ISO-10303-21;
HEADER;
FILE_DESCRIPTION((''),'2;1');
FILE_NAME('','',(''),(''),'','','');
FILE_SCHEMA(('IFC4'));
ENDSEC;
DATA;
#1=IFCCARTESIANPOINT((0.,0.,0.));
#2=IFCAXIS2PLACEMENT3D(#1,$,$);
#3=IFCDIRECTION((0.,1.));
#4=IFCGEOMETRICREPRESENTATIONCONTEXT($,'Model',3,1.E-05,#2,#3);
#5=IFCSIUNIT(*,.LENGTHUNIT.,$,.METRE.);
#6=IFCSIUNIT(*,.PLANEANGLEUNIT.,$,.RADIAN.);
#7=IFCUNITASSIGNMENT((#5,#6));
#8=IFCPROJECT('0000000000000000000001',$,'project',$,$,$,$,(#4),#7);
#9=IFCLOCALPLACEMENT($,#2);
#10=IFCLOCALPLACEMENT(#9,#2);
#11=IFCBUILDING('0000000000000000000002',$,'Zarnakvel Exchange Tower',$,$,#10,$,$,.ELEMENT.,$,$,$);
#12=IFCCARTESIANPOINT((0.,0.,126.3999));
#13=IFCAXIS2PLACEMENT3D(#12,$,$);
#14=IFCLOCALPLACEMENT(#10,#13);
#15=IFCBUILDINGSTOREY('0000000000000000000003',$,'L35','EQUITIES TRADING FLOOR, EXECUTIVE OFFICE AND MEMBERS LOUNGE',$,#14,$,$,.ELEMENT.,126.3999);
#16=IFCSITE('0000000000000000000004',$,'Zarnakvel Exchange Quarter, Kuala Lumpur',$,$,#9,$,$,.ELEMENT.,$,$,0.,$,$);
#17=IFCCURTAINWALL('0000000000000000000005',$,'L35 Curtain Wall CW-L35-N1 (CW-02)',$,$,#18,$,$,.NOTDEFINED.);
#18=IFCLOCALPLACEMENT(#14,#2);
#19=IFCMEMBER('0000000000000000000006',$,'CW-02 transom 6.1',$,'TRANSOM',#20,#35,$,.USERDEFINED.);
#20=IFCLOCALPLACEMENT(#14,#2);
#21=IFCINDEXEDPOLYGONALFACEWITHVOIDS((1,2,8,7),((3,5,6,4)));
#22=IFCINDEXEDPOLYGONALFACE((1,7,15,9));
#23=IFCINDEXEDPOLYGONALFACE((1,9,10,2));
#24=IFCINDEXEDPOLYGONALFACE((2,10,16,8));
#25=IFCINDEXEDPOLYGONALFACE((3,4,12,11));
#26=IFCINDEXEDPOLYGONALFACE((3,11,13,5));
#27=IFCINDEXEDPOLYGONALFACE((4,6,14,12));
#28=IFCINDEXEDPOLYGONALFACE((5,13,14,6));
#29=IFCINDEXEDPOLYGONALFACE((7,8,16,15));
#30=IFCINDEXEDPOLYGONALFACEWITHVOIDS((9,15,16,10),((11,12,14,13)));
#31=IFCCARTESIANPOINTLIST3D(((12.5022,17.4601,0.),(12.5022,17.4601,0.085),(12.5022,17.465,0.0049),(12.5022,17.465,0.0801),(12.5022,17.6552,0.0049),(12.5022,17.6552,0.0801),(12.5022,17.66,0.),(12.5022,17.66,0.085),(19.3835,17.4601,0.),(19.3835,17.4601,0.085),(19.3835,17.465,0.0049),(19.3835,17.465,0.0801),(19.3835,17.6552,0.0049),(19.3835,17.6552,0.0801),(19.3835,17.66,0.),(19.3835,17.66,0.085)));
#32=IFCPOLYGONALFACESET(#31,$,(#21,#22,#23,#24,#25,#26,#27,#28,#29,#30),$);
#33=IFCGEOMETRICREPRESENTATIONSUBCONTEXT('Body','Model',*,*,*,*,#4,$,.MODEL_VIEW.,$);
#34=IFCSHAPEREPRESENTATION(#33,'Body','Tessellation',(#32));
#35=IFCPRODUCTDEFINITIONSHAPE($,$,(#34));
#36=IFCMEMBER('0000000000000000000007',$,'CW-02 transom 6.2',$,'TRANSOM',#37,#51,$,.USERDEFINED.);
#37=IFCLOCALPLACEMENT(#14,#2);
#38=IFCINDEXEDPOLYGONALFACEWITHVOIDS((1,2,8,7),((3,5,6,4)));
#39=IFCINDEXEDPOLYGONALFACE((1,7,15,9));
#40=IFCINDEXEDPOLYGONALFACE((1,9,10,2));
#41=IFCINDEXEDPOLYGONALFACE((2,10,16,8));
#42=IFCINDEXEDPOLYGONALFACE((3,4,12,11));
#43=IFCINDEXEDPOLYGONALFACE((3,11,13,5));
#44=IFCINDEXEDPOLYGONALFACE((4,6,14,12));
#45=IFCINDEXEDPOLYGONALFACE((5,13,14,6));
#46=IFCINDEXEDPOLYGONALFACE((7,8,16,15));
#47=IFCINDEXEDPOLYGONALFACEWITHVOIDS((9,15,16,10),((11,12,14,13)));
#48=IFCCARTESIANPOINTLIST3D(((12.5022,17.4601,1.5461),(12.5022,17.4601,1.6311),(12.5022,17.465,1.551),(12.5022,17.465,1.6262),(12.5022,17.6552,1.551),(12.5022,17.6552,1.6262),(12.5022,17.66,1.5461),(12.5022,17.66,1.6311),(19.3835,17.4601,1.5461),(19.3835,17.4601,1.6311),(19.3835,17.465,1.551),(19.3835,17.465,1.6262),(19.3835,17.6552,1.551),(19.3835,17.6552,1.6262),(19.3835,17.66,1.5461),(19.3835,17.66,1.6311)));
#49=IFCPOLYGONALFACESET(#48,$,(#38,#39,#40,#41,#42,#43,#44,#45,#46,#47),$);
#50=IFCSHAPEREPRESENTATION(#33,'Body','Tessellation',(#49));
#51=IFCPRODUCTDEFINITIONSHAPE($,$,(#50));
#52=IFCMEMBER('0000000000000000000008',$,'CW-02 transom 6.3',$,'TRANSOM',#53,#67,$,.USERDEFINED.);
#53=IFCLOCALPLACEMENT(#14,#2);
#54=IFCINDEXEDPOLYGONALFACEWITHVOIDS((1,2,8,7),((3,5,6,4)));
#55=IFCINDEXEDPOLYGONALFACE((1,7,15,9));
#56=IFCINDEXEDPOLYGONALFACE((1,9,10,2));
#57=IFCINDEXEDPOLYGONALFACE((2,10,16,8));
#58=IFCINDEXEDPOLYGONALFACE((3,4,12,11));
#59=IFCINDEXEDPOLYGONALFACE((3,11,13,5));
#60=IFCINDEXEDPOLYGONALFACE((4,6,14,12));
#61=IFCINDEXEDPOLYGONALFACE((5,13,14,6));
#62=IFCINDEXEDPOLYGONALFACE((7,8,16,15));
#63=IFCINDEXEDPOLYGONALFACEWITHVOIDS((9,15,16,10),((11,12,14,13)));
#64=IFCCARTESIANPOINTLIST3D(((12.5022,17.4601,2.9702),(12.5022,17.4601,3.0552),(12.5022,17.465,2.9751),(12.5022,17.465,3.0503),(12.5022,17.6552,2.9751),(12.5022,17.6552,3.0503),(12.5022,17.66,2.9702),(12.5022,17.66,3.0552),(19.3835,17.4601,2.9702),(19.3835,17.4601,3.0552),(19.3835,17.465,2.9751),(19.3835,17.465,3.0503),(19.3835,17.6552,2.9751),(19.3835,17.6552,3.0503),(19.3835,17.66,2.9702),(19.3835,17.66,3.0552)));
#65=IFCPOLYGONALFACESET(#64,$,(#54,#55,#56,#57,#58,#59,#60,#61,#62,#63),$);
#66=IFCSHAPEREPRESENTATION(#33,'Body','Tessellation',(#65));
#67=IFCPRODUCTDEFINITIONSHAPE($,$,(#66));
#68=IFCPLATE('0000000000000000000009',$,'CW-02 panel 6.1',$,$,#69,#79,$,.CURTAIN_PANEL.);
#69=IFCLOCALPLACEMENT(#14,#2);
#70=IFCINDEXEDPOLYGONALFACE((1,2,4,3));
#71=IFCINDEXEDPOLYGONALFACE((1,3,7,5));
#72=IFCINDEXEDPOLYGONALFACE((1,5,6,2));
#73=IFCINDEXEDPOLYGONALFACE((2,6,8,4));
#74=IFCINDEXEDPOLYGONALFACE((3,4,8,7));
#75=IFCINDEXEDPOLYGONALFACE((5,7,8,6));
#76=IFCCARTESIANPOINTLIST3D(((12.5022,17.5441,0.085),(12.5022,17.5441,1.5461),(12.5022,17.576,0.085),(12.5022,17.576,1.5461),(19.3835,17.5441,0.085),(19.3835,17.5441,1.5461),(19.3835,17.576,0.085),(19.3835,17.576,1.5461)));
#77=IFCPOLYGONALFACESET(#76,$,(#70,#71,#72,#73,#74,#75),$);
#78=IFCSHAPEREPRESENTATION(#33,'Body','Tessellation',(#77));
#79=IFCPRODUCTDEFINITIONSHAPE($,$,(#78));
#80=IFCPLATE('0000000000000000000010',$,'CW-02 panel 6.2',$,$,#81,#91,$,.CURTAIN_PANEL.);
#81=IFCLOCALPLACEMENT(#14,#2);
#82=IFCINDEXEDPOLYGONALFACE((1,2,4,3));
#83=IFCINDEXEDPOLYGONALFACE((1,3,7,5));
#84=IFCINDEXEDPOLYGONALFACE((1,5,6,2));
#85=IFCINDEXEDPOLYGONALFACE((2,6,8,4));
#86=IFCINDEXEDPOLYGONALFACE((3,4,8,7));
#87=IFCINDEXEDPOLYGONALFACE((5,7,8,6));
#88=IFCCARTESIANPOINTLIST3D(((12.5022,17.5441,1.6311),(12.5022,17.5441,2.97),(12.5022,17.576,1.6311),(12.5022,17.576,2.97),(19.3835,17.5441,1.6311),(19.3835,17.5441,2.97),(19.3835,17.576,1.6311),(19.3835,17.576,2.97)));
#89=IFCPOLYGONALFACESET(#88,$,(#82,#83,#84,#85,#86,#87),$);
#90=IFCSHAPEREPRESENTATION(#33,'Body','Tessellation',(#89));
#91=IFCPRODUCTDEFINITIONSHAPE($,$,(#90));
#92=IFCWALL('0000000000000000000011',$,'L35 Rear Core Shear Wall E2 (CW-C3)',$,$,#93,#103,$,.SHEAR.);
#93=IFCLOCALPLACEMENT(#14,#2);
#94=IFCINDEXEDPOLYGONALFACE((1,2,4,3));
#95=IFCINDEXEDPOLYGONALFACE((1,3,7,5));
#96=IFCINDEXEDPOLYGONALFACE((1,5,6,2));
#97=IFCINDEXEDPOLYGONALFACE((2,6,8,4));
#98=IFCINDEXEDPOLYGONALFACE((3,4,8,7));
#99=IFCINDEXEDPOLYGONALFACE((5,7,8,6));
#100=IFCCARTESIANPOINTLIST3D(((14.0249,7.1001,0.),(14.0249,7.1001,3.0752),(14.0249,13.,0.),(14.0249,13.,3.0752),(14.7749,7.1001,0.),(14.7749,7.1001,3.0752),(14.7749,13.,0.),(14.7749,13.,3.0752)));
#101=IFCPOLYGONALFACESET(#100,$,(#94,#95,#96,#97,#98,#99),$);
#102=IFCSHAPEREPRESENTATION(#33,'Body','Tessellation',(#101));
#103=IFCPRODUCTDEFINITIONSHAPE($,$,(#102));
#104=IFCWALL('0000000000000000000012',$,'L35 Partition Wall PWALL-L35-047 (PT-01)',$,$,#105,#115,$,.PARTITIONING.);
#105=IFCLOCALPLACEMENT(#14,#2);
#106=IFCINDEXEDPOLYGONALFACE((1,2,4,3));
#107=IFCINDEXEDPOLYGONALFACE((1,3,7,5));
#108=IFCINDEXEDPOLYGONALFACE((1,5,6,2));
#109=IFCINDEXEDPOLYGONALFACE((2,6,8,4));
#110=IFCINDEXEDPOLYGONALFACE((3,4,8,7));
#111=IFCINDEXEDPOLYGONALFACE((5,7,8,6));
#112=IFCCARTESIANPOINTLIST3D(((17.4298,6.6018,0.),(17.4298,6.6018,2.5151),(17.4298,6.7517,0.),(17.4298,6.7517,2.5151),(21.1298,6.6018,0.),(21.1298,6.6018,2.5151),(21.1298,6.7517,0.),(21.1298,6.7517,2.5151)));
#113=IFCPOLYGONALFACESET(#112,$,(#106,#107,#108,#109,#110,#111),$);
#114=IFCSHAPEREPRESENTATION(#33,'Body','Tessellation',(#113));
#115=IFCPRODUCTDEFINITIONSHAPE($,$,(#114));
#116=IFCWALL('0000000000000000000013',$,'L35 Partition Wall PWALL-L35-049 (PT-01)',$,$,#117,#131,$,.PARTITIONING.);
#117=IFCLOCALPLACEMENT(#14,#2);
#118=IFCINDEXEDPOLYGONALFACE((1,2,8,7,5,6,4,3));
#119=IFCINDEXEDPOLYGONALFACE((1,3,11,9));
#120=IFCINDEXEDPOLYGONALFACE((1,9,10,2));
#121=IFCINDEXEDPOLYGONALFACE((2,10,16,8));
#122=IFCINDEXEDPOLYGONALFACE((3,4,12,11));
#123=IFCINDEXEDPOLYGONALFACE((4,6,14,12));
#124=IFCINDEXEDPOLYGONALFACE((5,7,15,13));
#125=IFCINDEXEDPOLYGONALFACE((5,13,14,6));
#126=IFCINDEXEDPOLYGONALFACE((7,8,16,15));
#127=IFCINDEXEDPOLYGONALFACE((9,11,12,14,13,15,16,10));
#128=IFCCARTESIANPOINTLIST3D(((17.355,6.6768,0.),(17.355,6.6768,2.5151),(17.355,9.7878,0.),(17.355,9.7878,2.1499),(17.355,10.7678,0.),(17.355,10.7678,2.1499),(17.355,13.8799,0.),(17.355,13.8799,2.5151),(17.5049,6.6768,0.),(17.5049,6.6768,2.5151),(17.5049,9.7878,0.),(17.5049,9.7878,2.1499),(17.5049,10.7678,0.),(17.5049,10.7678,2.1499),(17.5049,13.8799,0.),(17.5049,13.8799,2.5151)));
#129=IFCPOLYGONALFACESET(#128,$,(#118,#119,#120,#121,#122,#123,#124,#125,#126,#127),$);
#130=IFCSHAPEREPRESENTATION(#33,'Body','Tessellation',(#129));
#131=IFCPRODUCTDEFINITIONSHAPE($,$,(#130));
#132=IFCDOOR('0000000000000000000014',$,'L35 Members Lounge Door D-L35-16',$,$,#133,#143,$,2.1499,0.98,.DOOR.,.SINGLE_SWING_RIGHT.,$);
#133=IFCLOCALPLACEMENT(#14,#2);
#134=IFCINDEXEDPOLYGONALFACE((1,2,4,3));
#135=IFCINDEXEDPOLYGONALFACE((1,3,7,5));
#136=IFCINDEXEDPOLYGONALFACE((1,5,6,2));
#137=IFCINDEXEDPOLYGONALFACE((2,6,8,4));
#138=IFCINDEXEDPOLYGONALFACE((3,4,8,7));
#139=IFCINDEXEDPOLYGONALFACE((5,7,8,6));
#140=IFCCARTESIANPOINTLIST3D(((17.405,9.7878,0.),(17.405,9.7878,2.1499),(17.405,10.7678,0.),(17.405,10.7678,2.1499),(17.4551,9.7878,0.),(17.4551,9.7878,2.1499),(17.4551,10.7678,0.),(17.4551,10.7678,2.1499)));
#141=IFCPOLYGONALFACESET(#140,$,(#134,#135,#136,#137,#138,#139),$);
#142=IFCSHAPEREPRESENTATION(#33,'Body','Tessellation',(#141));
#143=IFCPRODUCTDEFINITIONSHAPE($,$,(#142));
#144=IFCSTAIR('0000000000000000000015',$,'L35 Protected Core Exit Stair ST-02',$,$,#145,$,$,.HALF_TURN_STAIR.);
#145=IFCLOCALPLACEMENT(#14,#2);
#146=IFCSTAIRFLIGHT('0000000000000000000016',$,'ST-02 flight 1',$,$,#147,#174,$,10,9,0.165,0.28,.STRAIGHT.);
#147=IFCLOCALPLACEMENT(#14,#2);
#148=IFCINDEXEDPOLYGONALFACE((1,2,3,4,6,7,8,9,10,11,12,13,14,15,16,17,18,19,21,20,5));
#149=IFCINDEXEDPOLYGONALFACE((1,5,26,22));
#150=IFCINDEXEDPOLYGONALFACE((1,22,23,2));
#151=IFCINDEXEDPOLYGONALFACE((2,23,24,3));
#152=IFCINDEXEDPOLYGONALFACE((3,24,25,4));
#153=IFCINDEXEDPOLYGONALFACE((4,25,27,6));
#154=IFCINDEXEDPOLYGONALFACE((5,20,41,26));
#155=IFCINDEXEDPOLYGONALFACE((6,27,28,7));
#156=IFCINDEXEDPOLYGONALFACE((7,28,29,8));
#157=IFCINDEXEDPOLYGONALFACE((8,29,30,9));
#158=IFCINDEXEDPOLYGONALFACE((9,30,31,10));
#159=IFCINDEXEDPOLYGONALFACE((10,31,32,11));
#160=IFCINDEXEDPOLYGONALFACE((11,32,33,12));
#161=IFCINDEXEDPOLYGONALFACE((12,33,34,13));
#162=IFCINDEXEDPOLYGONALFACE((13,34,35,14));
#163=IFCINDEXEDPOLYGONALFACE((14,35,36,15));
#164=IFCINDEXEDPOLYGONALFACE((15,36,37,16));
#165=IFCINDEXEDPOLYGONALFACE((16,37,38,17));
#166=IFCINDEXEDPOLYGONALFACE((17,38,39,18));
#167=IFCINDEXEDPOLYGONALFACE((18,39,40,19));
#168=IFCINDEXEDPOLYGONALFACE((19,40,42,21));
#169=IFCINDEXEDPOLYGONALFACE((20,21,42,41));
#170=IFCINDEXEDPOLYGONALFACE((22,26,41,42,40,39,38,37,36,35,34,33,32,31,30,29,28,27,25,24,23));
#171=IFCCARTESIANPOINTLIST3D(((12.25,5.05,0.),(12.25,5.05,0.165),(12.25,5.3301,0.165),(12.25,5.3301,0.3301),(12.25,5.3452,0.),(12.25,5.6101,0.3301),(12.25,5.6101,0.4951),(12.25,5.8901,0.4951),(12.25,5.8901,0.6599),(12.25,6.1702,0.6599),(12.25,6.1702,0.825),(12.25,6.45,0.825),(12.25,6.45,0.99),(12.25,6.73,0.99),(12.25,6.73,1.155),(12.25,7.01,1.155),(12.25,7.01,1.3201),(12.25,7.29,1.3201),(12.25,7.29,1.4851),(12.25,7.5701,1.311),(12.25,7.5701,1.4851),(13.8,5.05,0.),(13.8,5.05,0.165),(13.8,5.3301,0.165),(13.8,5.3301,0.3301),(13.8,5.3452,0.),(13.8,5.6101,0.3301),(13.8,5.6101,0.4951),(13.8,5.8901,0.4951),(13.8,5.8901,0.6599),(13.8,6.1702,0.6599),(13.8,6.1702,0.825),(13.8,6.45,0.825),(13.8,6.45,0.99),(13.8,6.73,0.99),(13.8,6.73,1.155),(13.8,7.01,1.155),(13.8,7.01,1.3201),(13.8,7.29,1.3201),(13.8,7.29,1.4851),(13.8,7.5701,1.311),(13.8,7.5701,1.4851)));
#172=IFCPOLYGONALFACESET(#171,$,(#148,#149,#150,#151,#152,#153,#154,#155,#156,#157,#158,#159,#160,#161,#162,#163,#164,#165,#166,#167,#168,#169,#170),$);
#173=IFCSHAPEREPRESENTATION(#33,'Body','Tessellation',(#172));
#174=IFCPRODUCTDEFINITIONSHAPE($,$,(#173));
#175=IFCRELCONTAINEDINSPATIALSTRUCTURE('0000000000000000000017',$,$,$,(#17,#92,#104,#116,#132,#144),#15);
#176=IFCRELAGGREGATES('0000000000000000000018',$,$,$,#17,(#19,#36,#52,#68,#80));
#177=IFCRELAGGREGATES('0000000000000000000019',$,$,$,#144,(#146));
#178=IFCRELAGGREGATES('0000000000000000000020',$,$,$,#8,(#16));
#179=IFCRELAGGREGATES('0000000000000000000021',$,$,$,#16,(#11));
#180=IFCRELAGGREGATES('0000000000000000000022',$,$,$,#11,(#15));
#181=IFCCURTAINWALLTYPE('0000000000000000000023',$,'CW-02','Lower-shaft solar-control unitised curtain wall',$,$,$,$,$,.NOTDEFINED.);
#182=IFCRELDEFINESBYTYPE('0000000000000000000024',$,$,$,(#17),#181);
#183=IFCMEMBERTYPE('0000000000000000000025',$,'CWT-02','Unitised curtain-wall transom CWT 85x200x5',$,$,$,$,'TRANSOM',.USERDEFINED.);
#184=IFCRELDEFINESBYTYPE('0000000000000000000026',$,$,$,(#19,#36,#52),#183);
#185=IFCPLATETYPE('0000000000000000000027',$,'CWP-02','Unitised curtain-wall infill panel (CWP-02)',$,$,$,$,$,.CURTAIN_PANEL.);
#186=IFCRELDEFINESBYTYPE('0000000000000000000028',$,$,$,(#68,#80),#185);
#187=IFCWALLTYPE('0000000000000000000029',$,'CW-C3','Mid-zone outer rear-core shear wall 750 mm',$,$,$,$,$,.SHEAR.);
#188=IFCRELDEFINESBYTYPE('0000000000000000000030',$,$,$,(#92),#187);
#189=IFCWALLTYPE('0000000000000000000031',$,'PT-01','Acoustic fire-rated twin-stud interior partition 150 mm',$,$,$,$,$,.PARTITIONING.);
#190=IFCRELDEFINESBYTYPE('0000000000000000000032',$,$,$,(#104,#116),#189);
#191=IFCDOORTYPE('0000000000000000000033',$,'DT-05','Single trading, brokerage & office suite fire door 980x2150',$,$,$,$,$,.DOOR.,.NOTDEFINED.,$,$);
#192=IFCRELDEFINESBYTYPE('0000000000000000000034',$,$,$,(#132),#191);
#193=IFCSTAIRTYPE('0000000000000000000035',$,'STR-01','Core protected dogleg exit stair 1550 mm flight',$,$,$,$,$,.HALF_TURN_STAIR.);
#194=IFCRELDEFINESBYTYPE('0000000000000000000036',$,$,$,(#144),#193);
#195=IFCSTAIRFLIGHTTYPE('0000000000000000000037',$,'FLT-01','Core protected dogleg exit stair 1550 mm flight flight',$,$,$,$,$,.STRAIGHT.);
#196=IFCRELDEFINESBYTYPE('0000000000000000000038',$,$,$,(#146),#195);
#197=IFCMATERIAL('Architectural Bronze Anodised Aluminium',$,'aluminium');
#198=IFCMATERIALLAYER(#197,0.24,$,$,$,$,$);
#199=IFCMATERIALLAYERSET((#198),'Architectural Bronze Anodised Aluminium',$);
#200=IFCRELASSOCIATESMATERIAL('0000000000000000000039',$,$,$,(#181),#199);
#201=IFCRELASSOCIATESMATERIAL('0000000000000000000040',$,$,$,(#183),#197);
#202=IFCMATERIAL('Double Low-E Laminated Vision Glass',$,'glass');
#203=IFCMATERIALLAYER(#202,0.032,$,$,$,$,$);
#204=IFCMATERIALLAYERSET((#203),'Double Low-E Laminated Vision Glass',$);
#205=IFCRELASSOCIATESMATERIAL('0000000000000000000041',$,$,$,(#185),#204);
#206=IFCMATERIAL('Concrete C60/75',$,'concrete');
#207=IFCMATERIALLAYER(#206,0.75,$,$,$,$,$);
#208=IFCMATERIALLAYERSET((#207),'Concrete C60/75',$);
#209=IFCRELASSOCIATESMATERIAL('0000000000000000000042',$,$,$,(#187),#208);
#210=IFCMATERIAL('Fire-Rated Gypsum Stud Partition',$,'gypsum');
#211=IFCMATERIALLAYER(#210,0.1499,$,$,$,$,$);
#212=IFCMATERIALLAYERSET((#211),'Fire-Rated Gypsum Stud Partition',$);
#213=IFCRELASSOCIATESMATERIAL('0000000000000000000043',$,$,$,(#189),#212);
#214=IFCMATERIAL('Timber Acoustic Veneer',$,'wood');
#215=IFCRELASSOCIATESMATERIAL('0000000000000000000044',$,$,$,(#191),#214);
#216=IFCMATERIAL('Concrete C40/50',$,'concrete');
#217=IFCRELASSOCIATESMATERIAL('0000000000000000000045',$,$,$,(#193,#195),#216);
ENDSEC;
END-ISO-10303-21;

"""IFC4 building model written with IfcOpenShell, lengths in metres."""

from ifc_helpers import new_model, si_unit, direction, frame, frame_2d, origin, origin_2d, place, context, subcontext, project, spatial, polyline, rectangle, hollow_rectangle, outline, extrude, source, transform, mapped, material, layer, layer_set, material_profile, profile_set, type_object, element, fill, aggregate, save


model = new_model("IFC4")

# Units and contexts
model_context = context("Model", 3, precision=1e-05, world=origin(), true_north=direction((0.0, 1.0)))
body_context = subcontext(model_context, "Body", "Model", "MODEL_VIEW")
ifc_project = project(units=[si_unit("LENGTHUNIT", "METRE"), si_unit("PLANEANGLEUNIT", "RADIAN")], contexts=[model_context])

# Site, building, storey
site_placement = place(None, origin())
site = spatial("IfcSite", under=ifc_project, at=site_placement, Name="Zarnakvel Exchange Quarter, Kuala Lumpur", CompositionType="ELEMENT", RefElevation=0.0)
building_placement = place(site_placement, origin())
building = spatial("IfcBuilding", under=site, at=building_placement, Name="Zarnakvel Exchange Tower", CompositionType="ELEMENT")
storey_placement = place(building_placement, frame((0.0, 0.0, 126.3999)))
storey = spatial("IfcBuildingStorey", under=building, at=storey_placement, Name="L35", Description="EQUITIES TRADING FLOOR, EXECUTIVE OFFICE AND MEMBERS LOUNGE", CompositionType="ELEMENT", Elevation=126.3999)

# Shared definitions
ifc_material_1 = material(Name="Concrete C60/75", Category="concrete")

# Curtain wall, members, plates
ifc_material_2 = material(Name="Architectural Bronze Anodised Aluminium", Category="aluminium")
ifc_layer_1 = layer(ifc_material_2, 0.24)
ifc_layer_set_1 = layer_set([ifc_layer_1], Name="Architectural Bronze Anodised Aluminium")
curtain_wall_type = type_object("IfcCurtainWallType", Name="CW-02", Description="Lower-shaft solar-control unitised curtain wall", PredefinedType="NOTDEFINED", material=ifc_layer_set_1)
curtain_wall_placement = place(storey_placement, origin())
curtain_wall = element("IfcCurtainWall", 1, at=curtain_wall_placement, inside=storey, type_object=curtain_wall_type, Name="L35 Curtain Wall CW-L35-N1 (CW-02)", PredefinedType="NOTDEFINED")
ifc_material_profile_1 = material_profile(ifc_material_2, hollow_rectangle(XDim=0.2, YDim=0.085, WallThickness=0.0049, at=origin_2d()))
ifc_profile_set_1 = profile_set([ifc_material_profile_1], Name="Architectural Bronze Anodised Aluminium")
member_type_1 = type_object("IfcMemberType", Name="CWT-02", Description="Unitised curtain-wall transom CWT 85x200x5", ElementType="TRANSOM", PredefinedType="USERDEFINED", material=ifc_profile_set_1)
shared_shape_1 = source(origin(), body_context, "Body", "SweptSolid", [
    extrude(hollow_rectangle(XDim=0.2, YDim=0.085, WallThickness=0.0049, at=origin_2d()), origin(), (0.0, 0.0, 1.0), 6.8813),
])
member_1_placement = place(storey_placement, frame((12.5022, 17.5601, 0.0425), z_axis=(1.0, 0.0, 0.0), x_axis=(0.0, 1.0, 0.0)))
member_1 = element("IfcMember", 2, at=member_1_placement, type_object=member_type_1, Name="CW-02 transom 6.1", ObjectType="TRANSOM", PredefinedType="USERDEFINED", context=body_context, shape_type="MappedRepresentation", body=[
    mapped(shared_shape_1, transform((0.0, 0.0, 0.0), x_axis=(1.0, 0.0, 0.0), y_axis=(0.0, 1.0, 0.0), z_axis=(0.0, 0.0, 1.0), scale=1.0)),
])
member_2_placement = place(storey_placement, frame((12.5022, 17.5601, 1.5886), z_axis=(1.0, 0.0, 0.0), x_axis=(0.0, 1.0, 0.0)))
member_2 = element("IfcMember", 3, at=member_2_placement, type_object=member_type_1, Name="CW-02 transom 6.2", ObjectType="TRANSOM", PredefinedType="USERDEFINED", context=body_context, shape_type="MappedRepresentation", body=[
    mapped(shared_shape_1, transform((0.0, 0.0, 0.0), x_axis=(1.0, 0.0, 0.0), y_axis=(0.0, 1.0, 0.0), z_axis=(0.0, 0.0, 1.0), scale=1.0)),
])
member_3_placement = place(storey_placement, frame((12.5022, 17.5601, 3.0127), z_axis=(1.0, 0.0, 0.0), x_axis=(0.0, 1.0, 0.0)))
member_3 = element("IfcMember", 4, at=member_3_placement, type_object=member_type_1, Name="CW-02 transom 6.3", ObjectType="TRANSOM", PredefinedType="USERDEFINED", context=body_context, shape_type="MappedRepresentation", body=[
    mapped(shared_shape_1, transform((0.0, 0.0, 0.0), x_axis=(1.0, 0.0, 0.0), y_axis=(0.0, 1.0, 0.0), z_axis=(0.0, 0.0, 1.0), scale=1.0)),
])
ifc_material_3 = material(Name="Double Low-E Laminated Vision Glass", Category="glass")
ifc_layer_2 = layer(ifc_material_3, 0.032)
ifc_layer_set_2 = layer_set([ifc_layer_2], Name="Double Low-E Laminated Vision Glass")
plate_type = type_object("IfcPlateType", Name="CWP-02", Description="Unitised curtain-wall infill panel (CWP-02)", PredefinedType="CURTAIN_PANEL", material=ifc_layer_set_2)
shared_shape_2 = source(origin(), body_context, "Body", "SweptSolid", [
    extrude(rectangle(XDim=6.8813, YDim=0.032, at=origin_2d()), origin(), (0.0, 0.0, 1.0), 1.4612),
])
plate_1_placement = place(storey_placement, frame((15.9429, 17.5601, 0.085), z_axis=(0.0, 0.0, 1.0), x_axis=(1.0, 0.0, 0.0)))
plate_1 = element("IfcPlate", 5, at=plate_1_placement, type_object=plate_type, Name="CW-02 panel 6.1", PredefinedType="CURTAIN_PANEL", context=body_context, shape_type="MappedRepresentation", body=[
    mapped(shared_shape_2, transform((0.0, 0.0, 0.0), x_axis=(1.0, 0.0, 0.0), y_axis=(0.0, 1.0, 0.0), z_axis=(0.0, 0.0, 1.0), scale=1.0)),
])
shared_shape_3 = source(origin(), body_context, "Body", "SweptSolid", [
    extrude(rectangle(XDim=6.8813, YDim=0.032, at=origin_2d()), origin(), (0.0, 0.0, 1.0), 1.3389),
])
plate_2_placement = place(storey_placement, frame((15.9429, 17.5601, 1.6311), z_axis=(0.0, 0.0, 1.0), x_axis=(1.0, 0.0, 0.0)))
plate_2 = element("IfcPlate", 6, at=plate_2_placement, type_object=plate_type, Name="CW-02 panel 6.2", PredefinedType="CURTAIN_PANEL", context=body_context, shape_type="MappedRepresentation", body=[
    mapped(shared_shape_3, transform((0.0, 0.0, 0.0), x_axis=(1.0, 0.0, 0.0), y_axis=(0.0, 1.0, 0.0), z_axis=(0.0, 0.0, 1.0), scale=1.0)),
])
aggregate(curtain_wall, [member_1, member_2, member_3, plate_1, plate_2])

# Walls
ifc_layer_3 = layer(ifc_material_1, 0.75)
ifc_layer_set_3 = layer_set([ifc_layer_3], Name="Concrete C60/75")
wall_type_1 = type_object("IfcWallType", Name="CW-C3", Description="Mid-zone outer rear-core shear wall 750 mm", PredefinedType="SHEAR", material=ifc_layer_set_3)
wall_1_placement = place(storey_placement, frame((14.3999, 7.1001, 0.0), z_axis=(0.0, 0.0, 1.0), x_axis=(0.0, 1.0, 0.0)))
element("IfcWall", 7, at=wall_1_placement, inside=storey, type_object=wall_type_1, Name="L35 Rear Core Shear Wall E2 (CW-C3)", PredefinedType="SHEAR", context=body_context, shape_type="SweptSolid", body=[
    extrude(rectangle(XDim=5.8999, YDim=0.75, at=frame_2d((2.95, 0.0))), origin(), (0.0, 0.0, 1.0), 3.0752),
])
ifc_material_4 = material(Name="Fire-Rated Gypsum Stud Partition", Category="gypsum")
ifc_layer_4 = layer(ifc_material_4, 0.1499)
ifc_layer_set_4 = layer_set([ifc_layer_4], Name="Fire-Rated Gypsum Stud Partition")
wall_type_2 = type_object("IfcWallType", Name="PT-01", Description="Acoustic fire-rated twin-stud interior partition 150 mm", PredefinedType="PARTITIONING", material=ifc_layer_set_4)
wall_2_placement = place(storey_placement, frame((21.1299, 6.6768, 0.0), z_axis=(0.0, 0.0, 1.0), x_axis=(-1.0, 0.0, 0.0)))
element("IfcWall", 8, at=wall_2_placement, inside=storey, type_object=wall_type_2, Name="L35 Partition Wall PWALL-L35-047 (PT-01)", PredefinedType="PARTITIONING", context=body_context, shape_type="SweptSolid", body=[
    extrude(rectangle(XDim=3.7, YDim=0.1499, at=frame_2d((1.8501, 0.0))), origin(), (0.0, 0.0, 1.0), 2.5151),
])

# Wall, opening, door
wall_3_placement = place(storey_placement, frame((17.4299, 6.6768, 0.0), z_axis=(0.0, 0.0, 1.0), x_axis=(0.0, 1.0, 0.0)))
wall_3 = element("IfcWall", 9, at=wall_3_placement, inside=storey, type_object=wall_type_2, Name="L35 Partition Wall PWALL-L35-049 (PT-01)", PredefinedType="PARTITIONING", context=body_context, shape_type="SweptSolid", body=[
    extrude(rectangle(XDim=7.2031, YDim=0.1499, at=frame_2d((3.6016, 0.0))), origin(), (0.0, 0.0, 1.0), 2.5151),
])
opening_1_placement = place(wall_3_placement, frame((3.1111, 0.0, 0.0)))
opening_1 = element("IfcOpeningElement", 10, at=opening_1_placement, cuts=wall_3, PredefinedType="OPENING", context=body_context, shape_type="SweptSolid", body=[
    extrude(rectangle(XDim=0.98, YDim=2.1499, at=frame_2d((0.49, 1.075))), frame((0.0, 0.085, 0.0), z_axis=(0.0, -1.0, 0.0), x_axis=(1.0, 0.0, 0.0)), (0.0, 0.0, 1.0), 0.1699),
])
ifc_material_5 = material(Name="Timber Acoustic Veneer", Category="wood")
door_type_1 = type_object("IfcDoorType", Name="DT-05", Description="Single trading, brokerage & office suite fire door 980x2150", OperationType="NOTDEFINED", PredefinedType="DOOR", material=ifc_material_5)
shared_shape_4 = source(origin(), body_context, "Body", "SweptSolid", [
    extrude(rectangle(XDim=0.98, YDim=2.1499, at=frame_2d((0.49, 1.075))), frame((0.0, 0.0249, 0.0), z_axis=(0.0, -1.0, 0.0), x_axis=(1.0, 0.0, 0.0)), (0.0, 0.0, 1.0), 0.05),
])
door_1_placement = place(opening_1_placement, origin())
door_1 = element("IfcDoor", 11, at=door_1_placement, inside=storey, type_object=door_type_1, Name="L35 Members Lounge Door D-L35-16", OperationType="SINGLE_SWING_RIGHT", OverallHeight=2.1499, OverallWidth=0.98, PredefinedType="DOOR", context=body_context, shape_type="MappedRepresentation", body=[
    mapped(shared_shape_4, transform((0.0, 0.0, 0.0), x_axis=(1.0, 0.0, 0.0), y_axis=(0.0, 1.0, 0.0), z_axis=(0.0, 0.0, 1.0), scale=1.0)),
])
fill(opening_1, door_1)
ifc_material_6 = material(Name="Concrete C40/50", Category="concrete")

# Stair, stair flight
stair_type = type_object("IfcStairType", Name="STR-01", Description="Core protected dogleg exit stair 1550 mm flight", PredefinedType="HALF_TURN_STAIR", material=ifc_material_6)
stair_placement = place(storey_placement, origin())
stair = element("IfcStair", 12, at=stair_placement, inside=storey, type_object=stair_type, Name="L35 Protected Core Exit Stair ST-02", PredefinedType="HALF_TURN_STAIR")
stair_flight_type = type_object("IfcStairFlightType", Name="FLT-01", Description="Core protected dogleg exit stair 1550 mm flight flight", PredefinedType="STRAIGHT", material=ifc_material_6)
stair_flight_placement = place(storey_placement, frame((13.0249, 5.05, 0.0), z_axis=(0.0, 0.0, 1.0), x_axis=(0.0, 1.0, 0.0)))
stair_flight = element("IfcStairFlight", 13, at=stair_flight_placement, type_object=stair_flight_type, Name="ST-02 flight 1", NumberOfRisers=10, NumberOfTreads=9, PredefinedType="STRAIGHT", RiserHeight=0.165, TreadLength=0.28, context=body_context, shape_type="SweptSolid", body=[
    extrude(outline(polyline([(0.0, 0.0), (0.0, 0.165), (0.28, 0.165), (0.28, 0.3301), (0.5601, 0.3301), (0.5601, 0.4951), (0.8401, 0.4951), (0.8401, 0.6599), (1.1201, 0.6599), (1.1201, 0.825), (1.3999, 0.825), (1.3999, 0.99), (1.6799, 0.99), (1.6799, 1.155), (1.96, 1.155), (1.96, 1.3201), (2.24, 1.3201), (2.24, 1.4851), (2.52, 1.4851), (2.52, 1.6499), (2.52, 1.311), (0.2952, 0.0), (0.0, 0.0)])), frame((0.0, 0.7749, 0.0), z_axis=(0.0, -1.0, 0.0), x_axis=(1.0, 0.0, 0.0)), (0.0, 0.0, 1.0), 1.55),
])
aggregate(stair, [stair_flight])

save(model, "model.ifc")
